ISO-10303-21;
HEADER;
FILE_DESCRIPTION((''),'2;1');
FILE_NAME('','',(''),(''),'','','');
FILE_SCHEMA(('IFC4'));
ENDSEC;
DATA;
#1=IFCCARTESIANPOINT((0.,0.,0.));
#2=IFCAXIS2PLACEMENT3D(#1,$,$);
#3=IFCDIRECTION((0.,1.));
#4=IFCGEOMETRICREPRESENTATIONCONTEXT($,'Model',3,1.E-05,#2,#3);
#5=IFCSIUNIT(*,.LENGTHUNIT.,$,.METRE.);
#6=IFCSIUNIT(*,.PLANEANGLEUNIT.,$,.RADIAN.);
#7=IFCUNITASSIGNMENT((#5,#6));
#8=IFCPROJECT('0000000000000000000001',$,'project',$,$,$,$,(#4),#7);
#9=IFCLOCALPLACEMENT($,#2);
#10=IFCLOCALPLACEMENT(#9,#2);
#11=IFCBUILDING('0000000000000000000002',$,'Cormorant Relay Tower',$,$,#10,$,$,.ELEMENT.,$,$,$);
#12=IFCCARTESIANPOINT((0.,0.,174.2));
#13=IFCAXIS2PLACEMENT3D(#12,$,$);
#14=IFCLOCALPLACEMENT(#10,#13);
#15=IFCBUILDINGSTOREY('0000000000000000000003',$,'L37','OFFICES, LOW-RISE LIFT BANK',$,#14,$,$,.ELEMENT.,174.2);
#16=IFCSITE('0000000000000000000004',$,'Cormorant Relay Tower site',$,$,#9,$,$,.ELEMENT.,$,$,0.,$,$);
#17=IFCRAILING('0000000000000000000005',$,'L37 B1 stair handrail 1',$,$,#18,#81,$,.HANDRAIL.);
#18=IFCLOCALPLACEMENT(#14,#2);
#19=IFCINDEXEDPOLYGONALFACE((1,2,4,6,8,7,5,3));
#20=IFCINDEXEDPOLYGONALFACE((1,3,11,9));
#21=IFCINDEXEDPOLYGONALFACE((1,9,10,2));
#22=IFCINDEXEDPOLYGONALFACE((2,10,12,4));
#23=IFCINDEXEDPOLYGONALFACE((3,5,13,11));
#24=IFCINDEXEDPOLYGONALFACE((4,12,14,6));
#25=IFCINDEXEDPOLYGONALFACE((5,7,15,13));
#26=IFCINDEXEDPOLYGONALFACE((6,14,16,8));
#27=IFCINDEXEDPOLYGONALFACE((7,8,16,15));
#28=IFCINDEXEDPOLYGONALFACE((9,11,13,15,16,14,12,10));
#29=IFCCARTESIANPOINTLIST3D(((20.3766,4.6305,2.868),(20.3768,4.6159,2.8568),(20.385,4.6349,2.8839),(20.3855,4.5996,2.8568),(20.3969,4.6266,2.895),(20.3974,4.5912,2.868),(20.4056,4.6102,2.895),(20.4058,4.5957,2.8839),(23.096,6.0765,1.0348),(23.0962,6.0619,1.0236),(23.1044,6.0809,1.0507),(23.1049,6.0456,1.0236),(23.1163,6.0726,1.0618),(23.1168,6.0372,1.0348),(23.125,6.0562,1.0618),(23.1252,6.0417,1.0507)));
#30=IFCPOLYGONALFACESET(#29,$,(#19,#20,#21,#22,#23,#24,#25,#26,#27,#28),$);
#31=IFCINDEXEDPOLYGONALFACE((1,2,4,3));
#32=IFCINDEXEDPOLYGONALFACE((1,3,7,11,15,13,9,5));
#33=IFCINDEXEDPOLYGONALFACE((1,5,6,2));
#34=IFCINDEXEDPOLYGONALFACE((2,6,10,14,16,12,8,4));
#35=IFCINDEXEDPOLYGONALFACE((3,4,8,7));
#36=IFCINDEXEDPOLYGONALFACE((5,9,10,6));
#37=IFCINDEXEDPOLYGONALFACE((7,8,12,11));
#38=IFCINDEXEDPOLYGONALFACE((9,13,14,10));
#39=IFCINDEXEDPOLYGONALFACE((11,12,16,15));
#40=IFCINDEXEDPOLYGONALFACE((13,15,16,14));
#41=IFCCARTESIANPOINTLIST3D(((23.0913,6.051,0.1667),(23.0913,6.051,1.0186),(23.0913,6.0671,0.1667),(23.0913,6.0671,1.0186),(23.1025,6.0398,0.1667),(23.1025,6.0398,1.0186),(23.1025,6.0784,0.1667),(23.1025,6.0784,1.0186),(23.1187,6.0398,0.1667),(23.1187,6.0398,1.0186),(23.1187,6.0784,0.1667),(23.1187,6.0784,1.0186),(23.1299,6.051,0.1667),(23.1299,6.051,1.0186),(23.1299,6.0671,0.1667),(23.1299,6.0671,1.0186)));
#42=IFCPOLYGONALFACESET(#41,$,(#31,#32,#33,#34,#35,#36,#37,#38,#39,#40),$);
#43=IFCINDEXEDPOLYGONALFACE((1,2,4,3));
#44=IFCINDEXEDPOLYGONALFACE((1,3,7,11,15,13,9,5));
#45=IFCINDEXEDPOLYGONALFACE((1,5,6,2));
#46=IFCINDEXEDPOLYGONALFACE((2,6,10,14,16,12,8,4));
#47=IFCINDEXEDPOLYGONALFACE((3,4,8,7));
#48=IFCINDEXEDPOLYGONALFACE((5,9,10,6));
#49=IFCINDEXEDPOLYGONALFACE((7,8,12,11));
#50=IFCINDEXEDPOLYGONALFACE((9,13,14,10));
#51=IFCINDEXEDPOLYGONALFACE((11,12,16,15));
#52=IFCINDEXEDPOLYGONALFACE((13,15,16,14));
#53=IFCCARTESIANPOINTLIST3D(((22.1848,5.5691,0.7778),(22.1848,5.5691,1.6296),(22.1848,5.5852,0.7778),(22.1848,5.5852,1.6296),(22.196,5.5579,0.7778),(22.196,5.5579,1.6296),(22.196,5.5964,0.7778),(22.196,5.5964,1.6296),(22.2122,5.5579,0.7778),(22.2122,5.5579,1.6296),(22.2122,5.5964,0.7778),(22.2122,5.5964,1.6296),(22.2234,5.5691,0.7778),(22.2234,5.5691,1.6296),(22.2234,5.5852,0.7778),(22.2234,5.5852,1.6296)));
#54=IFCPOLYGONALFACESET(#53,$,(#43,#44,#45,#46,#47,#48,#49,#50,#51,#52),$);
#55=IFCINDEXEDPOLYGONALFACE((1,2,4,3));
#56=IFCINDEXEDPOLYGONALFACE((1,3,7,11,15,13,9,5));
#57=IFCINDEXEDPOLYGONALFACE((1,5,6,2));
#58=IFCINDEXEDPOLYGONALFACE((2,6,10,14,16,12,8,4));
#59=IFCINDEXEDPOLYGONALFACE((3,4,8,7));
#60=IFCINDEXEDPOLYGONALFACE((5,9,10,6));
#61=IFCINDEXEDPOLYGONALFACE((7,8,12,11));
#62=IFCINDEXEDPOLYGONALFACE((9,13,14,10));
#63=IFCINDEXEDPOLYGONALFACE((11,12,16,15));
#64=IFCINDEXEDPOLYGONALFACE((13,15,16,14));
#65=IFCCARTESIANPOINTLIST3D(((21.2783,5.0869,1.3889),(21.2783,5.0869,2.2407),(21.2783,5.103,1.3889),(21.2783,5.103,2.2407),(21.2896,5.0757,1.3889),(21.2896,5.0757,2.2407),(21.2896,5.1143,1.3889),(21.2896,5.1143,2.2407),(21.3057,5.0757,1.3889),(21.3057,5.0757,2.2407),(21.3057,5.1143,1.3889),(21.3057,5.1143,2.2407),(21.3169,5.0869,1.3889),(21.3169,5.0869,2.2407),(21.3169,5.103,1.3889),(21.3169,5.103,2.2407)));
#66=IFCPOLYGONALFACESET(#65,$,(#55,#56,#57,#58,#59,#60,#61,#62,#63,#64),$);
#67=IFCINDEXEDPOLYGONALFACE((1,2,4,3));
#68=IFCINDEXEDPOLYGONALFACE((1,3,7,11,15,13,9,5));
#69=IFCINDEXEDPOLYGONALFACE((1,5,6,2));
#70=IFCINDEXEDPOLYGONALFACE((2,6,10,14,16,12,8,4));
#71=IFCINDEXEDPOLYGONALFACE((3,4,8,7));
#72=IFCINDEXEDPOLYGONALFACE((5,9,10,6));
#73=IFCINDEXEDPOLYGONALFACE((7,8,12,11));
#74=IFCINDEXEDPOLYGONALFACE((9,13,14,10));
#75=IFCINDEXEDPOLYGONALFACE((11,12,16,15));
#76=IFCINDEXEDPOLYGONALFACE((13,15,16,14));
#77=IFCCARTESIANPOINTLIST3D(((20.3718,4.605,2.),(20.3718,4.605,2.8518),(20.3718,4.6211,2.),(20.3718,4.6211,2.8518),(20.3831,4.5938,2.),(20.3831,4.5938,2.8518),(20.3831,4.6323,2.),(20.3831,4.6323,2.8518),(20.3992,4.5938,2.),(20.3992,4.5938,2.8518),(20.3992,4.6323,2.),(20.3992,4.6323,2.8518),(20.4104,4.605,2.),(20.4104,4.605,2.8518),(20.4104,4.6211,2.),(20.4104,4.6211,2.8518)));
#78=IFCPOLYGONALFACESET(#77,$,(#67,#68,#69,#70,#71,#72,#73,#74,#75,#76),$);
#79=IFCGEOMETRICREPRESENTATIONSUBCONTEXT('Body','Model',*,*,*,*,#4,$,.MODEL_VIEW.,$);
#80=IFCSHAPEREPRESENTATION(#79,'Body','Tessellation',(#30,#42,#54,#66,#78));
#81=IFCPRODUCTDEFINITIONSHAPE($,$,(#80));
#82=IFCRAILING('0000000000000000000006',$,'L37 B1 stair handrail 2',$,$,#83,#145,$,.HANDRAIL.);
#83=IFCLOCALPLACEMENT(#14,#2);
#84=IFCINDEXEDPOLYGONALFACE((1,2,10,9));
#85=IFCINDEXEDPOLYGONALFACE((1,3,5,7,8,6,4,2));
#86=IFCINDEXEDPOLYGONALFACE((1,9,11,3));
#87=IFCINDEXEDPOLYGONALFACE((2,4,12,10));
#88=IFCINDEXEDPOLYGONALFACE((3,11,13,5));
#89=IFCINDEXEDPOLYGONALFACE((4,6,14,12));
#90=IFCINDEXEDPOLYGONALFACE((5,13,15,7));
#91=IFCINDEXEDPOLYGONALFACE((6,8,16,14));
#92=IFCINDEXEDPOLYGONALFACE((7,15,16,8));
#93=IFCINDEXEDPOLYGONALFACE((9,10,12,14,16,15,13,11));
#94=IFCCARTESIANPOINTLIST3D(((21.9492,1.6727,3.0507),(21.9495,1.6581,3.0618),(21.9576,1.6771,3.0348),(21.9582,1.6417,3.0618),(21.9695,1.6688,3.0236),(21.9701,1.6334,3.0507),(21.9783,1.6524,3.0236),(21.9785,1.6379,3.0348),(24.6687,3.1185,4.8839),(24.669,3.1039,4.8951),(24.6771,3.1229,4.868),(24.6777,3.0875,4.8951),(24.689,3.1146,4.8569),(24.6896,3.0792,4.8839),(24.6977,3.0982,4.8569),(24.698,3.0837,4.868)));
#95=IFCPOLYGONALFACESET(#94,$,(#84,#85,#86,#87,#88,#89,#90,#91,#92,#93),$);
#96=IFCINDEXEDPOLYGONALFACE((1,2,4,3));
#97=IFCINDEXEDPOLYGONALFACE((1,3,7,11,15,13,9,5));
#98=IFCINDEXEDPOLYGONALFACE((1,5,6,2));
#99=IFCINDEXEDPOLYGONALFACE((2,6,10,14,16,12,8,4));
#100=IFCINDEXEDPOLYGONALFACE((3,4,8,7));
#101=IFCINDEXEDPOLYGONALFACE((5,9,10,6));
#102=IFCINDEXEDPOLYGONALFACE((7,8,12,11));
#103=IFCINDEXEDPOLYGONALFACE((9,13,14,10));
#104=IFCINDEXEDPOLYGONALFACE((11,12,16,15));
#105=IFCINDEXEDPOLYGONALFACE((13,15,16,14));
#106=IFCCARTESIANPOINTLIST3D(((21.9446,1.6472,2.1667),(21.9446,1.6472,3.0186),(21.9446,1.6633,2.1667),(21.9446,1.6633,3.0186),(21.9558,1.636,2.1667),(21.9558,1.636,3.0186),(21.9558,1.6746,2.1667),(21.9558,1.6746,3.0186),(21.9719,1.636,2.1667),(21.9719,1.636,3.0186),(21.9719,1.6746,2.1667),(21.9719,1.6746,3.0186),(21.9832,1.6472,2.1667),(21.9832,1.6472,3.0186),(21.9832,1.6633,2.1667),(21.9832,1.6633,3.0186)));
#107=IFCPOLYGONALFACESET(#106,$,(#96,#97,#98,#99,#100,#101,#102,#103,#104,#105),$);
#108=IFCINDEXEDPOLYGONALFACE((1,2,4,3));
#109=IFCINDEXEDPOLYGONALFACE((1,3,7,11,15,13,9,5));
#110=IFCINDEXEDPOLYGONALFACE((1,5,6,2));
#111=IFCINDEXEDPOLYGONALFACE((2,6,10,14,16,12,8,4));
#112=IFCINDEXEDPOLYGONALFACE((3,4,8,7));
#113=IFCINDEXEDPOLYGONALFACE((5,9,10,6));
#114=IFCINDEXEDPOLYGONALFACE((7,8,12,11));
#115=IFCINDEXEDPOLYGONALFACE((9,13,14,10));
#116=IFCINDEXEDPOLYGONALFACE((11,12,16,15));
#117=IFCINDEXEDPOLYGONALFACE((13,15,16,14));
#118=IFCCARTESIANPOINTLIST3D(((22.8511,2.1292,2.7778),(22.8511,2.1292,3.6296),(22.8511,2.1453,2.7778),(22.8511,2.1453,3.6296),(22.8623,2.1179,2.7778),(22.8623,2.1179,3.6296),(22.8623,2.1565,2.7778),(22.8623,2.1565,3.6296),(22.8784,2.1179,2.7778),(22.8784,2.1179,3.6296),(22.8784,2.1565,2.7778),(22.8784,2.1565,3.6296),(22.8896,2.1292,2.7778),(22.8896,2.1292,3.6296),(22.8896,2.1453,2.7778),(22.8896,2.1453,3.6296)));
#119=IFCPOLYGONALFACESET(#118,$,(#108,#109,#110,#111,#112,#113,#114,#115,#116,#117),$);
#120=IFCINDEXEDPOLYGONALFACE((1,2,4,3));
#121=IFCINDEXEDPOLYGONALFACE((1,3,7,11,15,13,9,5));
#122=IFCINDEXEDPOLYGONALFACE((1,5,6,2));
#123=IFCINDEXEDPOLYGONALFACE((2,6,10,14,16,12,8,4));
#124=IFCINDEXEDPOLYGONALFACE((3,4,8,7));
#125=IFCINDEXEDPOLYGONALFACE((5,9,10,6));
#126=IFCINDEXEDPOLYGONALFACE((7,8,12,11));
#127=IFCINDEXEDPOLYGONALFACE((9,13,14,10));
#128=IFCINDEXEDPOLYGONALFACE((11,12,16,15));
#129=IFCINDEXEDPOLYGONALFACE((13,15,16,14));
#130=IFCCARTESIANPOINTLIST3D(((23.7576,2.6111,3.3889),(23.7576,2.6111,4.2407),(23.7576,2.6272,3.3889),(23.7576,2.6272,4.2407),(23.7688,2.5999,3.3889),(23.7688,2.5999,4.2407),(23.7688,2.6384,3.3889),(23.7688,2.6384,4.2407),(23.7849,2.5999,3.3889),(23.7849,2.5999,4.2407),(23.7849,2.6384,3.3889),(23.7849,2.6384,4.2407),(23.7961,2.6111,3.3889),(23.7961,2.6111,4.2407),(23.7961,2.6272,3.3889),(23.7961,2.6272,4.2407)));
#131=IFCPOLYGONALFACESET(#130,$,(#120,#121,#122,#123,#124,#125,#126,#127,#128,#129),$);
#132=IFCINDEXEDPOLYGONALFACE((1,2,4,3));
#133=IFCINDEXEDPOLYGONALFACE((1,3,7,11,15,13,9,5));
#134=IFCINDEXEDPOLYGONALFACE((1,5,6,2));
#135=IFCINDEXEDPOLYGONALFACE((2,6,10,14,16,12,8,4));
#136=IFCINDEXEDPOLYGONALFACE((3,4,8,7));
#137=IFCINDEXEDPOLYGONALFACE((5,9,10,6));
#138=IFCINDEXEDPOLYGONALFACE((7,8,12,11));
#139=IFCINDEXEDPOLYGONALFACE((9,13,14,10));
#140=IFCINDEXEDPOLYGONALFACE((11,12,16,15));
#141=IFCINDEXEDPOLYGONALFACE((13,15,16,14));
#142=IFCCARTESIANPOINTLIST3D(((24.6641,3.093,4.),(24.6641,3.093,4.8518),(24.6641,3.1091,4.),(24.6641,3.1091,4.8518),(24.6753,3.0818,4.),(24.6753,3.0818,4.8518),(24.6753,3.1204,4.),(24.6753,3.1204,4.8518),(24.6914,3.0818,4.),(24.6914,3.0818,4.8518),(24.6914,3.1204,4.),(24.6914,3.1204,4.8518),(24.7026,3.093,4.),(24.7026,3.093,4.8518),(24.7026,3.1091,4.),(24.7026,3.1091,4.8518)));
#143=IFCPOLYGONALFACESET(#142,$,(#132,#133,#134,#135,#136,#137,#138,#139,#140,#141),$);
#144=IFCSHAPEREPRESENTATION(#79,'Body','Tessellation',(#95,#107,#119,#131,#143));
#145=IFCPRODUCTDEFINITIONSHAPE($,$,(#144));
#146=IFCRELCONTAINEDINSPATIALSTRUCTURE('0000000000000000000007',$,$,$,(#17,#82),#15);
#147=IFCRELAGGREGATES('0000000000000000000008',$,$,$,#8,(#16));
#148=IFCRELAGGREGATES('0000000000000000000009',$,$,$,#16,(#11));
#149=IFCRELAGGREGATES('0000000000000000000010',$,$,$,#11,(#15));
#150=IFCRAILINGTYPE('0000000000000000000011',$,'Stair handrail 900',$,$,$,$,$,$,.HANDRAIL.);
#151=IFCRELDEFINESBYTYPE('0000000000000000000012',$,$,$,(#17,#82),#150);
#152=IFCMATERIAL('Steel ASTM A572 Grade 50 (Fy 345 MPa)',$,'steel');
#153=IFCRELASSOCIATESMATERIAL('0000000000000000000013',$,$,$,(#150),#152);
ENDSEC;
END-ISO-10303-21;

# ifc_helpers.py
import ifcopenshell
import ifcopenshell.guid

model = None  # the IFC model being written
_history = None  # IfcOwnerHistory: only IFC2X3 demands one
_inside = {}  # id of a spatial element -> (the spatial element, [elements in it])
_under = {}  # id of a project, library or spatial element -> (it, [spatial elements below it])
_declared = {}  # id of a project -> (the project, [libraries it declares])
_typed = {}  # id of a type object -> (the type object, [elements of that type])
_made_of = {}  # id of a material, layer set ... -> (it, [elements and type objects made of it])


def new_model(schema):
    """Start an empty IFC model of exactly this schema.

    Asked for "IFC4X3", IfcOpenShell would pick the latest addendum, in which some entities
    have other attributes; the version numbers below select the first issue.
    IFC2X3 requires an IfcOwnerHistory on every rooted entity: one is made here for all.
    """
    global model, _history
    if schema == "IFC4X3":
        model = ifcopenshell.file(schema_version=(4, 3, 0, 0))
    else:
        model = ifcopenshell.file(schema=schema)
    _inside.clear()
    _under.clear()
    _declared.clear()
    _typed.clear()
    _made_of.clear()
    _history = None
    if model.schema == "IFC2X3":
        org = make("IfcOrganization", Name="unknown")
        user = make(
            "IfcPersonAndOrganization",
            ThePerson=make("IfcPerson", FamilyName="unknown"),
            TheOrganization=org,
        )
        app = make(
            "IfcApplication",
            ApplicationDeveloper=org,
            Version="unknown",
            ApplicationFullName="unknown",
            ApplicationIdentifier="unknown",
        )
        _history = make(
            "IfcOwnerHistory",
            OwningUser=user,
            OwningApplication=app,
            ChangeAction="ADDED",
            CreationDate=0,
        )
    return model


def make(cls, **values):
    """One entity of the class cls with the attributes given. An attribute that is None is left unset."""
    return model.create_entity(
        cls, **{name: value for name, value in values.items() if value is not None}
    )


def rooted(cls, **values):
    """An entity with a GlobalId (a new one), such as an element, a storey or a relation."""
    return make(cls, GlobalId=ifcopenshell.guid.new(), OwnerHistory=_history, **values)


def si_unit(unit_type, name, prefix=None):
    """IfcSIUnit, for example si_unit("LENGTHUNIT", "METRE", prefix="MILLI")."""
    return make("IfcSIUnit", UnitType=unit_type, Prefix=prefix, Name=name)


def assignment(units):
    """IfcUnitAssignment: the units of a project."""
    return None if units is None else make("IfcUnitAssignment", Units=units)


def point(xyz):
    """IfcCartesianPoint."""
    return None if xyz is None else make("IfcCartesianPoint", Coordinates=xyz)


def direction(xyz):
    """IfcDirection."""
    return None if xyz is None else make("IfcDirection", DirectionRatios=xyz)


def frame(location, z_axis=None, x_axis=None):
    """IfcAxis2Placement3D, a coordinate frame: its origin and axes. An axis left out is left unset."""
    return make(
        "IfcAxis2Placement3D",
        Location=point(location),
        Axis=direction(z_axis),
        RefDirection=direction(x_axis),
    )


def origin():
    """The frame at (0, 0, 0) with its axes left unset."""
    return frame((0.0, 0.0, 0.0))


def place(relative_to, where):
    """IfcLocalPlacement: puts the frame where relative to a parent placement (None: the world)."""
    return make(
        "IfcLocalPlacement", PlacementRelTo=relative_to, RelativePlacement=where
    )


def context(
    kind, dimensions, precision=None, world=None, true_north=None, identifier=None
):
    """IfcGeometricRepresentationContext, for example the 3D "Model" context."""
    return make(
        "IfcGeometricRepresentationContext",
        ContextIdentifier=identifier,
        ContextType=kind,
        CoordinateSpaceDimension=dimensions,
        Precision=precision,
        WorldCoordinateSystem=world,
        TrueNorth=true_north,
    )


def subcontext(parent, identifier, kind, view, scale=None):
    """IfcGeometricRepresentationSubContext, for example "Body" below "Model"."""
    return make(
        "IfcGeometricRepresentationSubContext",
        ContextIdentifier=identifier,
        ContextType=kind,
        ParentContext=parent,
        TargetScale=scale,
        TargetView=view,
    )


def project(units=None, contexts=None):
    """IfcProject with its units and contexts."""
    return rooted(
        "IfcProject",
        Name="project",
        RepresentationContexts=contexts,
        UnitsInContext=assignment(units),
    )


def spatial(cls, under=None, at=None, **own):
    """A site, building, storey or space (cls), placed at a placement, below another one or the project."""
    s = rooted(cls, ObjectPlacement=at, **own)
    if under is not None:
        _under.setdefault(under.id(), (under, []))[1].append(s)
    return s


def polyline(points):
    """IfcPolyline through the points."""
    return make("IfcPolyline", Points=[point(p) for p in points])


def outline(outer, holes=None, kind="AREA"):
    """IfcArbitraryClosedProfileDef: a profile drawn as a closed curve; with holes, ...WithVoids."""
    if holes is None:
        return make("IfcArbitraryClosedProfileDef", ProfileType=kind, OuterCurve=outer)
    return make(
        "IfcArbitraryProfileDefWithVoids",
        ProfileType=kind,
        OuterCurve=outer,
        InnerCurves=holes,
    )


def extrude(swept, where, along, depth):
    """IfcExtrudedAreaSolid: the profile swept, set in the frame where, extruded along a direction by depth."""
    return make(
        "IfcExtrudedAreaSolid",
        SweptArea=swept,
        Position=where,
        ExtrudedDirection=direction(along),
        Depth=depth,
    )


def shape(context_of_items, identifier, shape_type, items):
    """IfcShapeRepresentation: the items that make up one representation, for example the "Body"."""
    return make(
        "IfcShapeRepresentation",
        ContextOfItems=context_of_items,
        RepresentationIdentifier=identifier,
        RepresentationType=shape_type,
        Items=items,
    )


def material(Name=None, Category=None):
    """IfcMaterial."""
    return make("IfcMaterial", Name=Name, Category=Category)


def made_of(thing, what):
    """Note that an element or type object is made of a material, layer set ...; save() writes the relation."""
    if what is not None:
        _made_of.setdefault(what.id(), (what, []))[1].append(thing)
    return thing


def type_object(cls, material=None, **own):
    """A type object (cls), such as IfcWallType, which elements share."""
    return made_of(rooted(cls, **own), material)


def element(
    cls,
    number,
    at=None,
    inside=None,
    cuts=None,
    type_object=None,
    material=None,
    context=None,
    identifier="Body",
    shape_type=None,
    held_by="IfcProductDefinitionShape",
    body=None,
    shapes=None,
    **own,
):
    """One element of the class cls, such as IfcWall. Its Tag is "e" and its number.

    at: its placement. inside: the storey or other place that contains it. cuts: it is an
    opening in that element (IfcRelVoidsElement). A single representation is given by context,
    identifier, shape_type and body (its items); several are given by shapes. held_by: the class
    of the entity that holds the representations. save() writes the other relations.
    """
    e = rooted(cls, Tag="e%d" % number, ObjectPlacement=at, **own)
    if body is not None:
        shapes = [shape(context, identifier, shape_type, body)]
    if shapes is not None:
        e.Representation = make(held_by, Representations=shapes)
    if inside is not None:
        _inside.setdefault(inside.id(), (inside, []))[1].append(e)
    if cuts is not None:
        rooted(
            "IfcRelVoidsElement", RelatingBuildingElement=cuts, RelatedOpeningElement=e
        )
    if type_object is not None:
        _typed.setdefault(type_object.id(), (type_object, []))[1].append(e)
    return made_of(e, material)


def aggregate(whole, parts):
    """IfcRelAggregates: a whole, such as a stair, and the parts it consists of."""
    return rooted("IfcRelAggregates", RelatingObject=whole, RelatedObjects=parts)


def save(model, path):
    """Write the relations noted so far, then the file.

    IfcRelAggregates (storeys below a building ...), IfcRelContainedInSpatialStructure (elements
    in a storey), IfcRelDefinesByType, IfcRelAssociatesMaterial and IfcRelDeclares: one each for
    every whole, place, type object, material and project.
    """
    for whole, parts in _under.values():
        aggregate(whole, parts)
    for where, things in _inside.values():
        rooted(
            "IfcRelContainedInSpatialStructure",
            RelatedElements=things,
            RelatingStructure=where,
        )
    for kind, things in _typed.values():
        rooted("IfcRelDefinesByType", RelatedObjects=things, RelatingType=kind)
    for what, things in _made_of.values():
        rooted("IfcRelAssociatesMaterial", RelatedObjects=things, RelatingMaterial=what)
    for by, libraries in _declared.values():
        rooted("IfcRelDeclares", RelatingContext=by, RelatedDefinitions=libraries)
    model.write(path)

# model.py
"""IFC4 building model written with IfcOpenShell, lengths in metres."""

from ifc_helpers import new_model, si_unit, direction, frame, origin, place, context, subcontext, project, spatial, polyline, outline, extrude, material, type_object, element, save


model = new_model("IFC4")

# Units and contexts
model_context = context("Model", 3, precision=1e-05, world=origin(), true_north=direction((0.0, 1.0)))
body_context = subcontext(model_context, "Body", "Model", "MODEL_VIEW")
ifc_project = project(units=[si_unit("LENGTHUNIT", "METRE"), si_unit("PLANEANGLEUNIT", "RADIAN")], contexts=[model_context])

# Site, building, storey
site_placement = place(None, origin())
site = spatial("IfcSite", under=ifc_project, at=site_placement, Name="Cormorant Relay Tower site", CompositionType="ELEMENT", RefElevation=0.0)
building_placement = place(site_placement, origin())
building = spatial("IfcBuilding", under=site, at=building_placement, Name="Cormorant Relay Tower", CompositionType="ELEMENT")
storey_placement = place(building_placement, frame((0.0, 0.0, 174.2)))
storey = spatial("IfcBuildingStorey", under=building, at=storey_placement, Name="L37", Description="OFFICES, LOW-RISE LIFT BANK", CompositionType="ELEMENT", Elevation=174.2)

# Railings
ifc_material_1 = material(Name="Steel ASTM A572 Grade 50 (Fy 345 MPa)", Category="steel")
railing_type_1 = type_object("IfcRailingType", Name="Stair handrail 900", PredefinedType="HANDRAIL", material=ifc_material_1)
railing_1_placement = place(storey_placement, frame((23.1106, 6.0591, 0.1667)))
element("IfcRailing", 1, at=railing_1_placement, inside=storey, type_object=railing_type_1, Name="L37 B1 stair handrail 1", PredefinedType="HANDRAIL", context=body_context, shape_type="SweptSolid", body=[
    extrude(outline(polyline([(0.0222, 0.0093), (0.0093, 0.0222), (-0.0093, 0.0222), (-0.0222, 0.0093), (-0.0222, -0.0093), (-0.0093, -0.0222), (0.0093, -0.0222), (0.0222, -0.0093), (0.0222, 0.0093)])), frame((0.0, 0.0, 0.876), z_axis=(-0.758714, -0.403435, 0.511463), x_axis=(0.469489, -0.882938, 0.0)), (0.0, 0.0, 1.0), 3.5842),
    extrude(outline(polyline([(0.0193, 0.0081), (0.0081, 0.0193), (-0.0081, 0.0193), (-0.0193, 0.0081), (-0.0193, -0.0081), (-0.0081, -0.0193), (0.0081, -0.0193), (0.0193, -0.0081), (0.0193, 0.0081)])), origin(), (0.0, 0.0, 1.0), 0.8518),
    extrude(outline(polyline([(0.0193, 0.0081), (0.0081, 0.0193), (-0.0081, 0.0193), (-0.0193, 0.0081), (-0.0193, -0.0081), (-0.0081, -0.0193), (0.0081, -0.0193), (0.0193, -0.0081), (0.0193, 0.0081)])), frame((-0.9065, -0.4819, 0.6111)), (0.0, 0.0, 1.0), 0.8518),
    extrude(outline(polyline([(0.0193, 0.0081), (0.0081, 0.0193), (-0.0081, 0.0193), (-0.0193, 0.0081), (-0.0193, -0.0081), (-0.0081, -0.0193), (0.0081, -0.0193), (0.0193, -0.0081), (0.0193, 0.0081)])), frame((-1.813, -0.9641, 1.2222)), (0.0, 0.0, 1.0), 0.8518),
    extrude(outline(polyline([(0.0193, 0.0081), (0.0081, 0.0193), (-0.0081, 0.0193), (-0.0193, 0.0081), (-0.0193, -0.0081), (-0.0081, -0.0193), (0.0081, -0.0193), (0.0193, -0.0081), (0.0193, 0.0081)])), frame((-2.7195, -1.446, 1.8333)), (0.0, 0.0, 1.0), 0.8518),
])
railing_2_placement = place(storey_placement, frame((21.9639, 1.6553, 2.1667)))
element("IfcRailing", 2, at=railing_2_placement, inside=storey, type_object=railing_type_1, Name="L37 B1 stair handrail 2", PredefinedType="HANDRAIL", context=body_context, shape_type="SweptSolid", body=[
    extrude(outline(polyline([(0.0222, 0.0093), (0.0093, 0.0222), (-0.0093, 0.0222), (-0.0222, 0.0093), (-0.0222, -0.0093), (-0.0093, -0.0222), (0.0093, -0.0222), (0.0222, -0.0093), (0.0222, 0.0093)])), frame((0.0, 0.0, 0.876), z_axis=(0.758735, 0.403378, 0.511477), x_axis=(-0.469428, 0.882971, 0.0)), (0.0, 0.0, 1.0), 3.5842),
    extrude(outline(polyline([(0.0193, 0.0081), (0.0081, 0.0193), (-0.0081, 0.0193), (-0.0193, 0.0081), (-0.0193, -0.0081), (-0.0081, -0.0193), (0.0081, -0.0193), (0.0193, -0.0081), (0.0193, 0.0081)])), origin(), (0.0, 0.0, 1.0), 0.8518),
    extrude(outline(polyline([(0.0193, 0.0081), (0.0081, 0.0193), (-0.0081, 0.0193), (-0.0193, 0.0081), (-0.0193, -0.0081), (-0.0081, -0.0193), (0.0081, -0.0193), (0.0193, -0.0081), (0.0193, 0.0081)])), frame((0.9065, 0.4819, 0.6111)), (0.0, 0.0, 1.0), 0.8518),
    extrude(outline(polyline([(0.0193, 0.0081), (0.0081, 0.0193), (-0.0081, 0.0193), (-0.0193, 0.0081), (-0.0193, -0.0081), (-0.0081, -0.0193), (0.0081, -0.0193), (0.0193, -0.0081), (0.0193, 0.0081)])), frame((1.813, 0.9639, 1.2222)), (0.0, 0.0, 1.0), 0.8518),
    extrude(outline(polyline([(0.0193, 0.0081), (0.0081, 0.0193), (-0.0081, 0.0193), (-0.0193, 0.0081), (-0.0193, -0.0081), (-0.0081, -0.0193), (0.0081, -0.0193), (0.0193, -0.0081), (0.0193, 0.0081)])), frame((2.7195, 1.4458, 1.8333)), (0.0, 0.0, 1.0), 0.8518),
])

save(model, "model.ifc")
